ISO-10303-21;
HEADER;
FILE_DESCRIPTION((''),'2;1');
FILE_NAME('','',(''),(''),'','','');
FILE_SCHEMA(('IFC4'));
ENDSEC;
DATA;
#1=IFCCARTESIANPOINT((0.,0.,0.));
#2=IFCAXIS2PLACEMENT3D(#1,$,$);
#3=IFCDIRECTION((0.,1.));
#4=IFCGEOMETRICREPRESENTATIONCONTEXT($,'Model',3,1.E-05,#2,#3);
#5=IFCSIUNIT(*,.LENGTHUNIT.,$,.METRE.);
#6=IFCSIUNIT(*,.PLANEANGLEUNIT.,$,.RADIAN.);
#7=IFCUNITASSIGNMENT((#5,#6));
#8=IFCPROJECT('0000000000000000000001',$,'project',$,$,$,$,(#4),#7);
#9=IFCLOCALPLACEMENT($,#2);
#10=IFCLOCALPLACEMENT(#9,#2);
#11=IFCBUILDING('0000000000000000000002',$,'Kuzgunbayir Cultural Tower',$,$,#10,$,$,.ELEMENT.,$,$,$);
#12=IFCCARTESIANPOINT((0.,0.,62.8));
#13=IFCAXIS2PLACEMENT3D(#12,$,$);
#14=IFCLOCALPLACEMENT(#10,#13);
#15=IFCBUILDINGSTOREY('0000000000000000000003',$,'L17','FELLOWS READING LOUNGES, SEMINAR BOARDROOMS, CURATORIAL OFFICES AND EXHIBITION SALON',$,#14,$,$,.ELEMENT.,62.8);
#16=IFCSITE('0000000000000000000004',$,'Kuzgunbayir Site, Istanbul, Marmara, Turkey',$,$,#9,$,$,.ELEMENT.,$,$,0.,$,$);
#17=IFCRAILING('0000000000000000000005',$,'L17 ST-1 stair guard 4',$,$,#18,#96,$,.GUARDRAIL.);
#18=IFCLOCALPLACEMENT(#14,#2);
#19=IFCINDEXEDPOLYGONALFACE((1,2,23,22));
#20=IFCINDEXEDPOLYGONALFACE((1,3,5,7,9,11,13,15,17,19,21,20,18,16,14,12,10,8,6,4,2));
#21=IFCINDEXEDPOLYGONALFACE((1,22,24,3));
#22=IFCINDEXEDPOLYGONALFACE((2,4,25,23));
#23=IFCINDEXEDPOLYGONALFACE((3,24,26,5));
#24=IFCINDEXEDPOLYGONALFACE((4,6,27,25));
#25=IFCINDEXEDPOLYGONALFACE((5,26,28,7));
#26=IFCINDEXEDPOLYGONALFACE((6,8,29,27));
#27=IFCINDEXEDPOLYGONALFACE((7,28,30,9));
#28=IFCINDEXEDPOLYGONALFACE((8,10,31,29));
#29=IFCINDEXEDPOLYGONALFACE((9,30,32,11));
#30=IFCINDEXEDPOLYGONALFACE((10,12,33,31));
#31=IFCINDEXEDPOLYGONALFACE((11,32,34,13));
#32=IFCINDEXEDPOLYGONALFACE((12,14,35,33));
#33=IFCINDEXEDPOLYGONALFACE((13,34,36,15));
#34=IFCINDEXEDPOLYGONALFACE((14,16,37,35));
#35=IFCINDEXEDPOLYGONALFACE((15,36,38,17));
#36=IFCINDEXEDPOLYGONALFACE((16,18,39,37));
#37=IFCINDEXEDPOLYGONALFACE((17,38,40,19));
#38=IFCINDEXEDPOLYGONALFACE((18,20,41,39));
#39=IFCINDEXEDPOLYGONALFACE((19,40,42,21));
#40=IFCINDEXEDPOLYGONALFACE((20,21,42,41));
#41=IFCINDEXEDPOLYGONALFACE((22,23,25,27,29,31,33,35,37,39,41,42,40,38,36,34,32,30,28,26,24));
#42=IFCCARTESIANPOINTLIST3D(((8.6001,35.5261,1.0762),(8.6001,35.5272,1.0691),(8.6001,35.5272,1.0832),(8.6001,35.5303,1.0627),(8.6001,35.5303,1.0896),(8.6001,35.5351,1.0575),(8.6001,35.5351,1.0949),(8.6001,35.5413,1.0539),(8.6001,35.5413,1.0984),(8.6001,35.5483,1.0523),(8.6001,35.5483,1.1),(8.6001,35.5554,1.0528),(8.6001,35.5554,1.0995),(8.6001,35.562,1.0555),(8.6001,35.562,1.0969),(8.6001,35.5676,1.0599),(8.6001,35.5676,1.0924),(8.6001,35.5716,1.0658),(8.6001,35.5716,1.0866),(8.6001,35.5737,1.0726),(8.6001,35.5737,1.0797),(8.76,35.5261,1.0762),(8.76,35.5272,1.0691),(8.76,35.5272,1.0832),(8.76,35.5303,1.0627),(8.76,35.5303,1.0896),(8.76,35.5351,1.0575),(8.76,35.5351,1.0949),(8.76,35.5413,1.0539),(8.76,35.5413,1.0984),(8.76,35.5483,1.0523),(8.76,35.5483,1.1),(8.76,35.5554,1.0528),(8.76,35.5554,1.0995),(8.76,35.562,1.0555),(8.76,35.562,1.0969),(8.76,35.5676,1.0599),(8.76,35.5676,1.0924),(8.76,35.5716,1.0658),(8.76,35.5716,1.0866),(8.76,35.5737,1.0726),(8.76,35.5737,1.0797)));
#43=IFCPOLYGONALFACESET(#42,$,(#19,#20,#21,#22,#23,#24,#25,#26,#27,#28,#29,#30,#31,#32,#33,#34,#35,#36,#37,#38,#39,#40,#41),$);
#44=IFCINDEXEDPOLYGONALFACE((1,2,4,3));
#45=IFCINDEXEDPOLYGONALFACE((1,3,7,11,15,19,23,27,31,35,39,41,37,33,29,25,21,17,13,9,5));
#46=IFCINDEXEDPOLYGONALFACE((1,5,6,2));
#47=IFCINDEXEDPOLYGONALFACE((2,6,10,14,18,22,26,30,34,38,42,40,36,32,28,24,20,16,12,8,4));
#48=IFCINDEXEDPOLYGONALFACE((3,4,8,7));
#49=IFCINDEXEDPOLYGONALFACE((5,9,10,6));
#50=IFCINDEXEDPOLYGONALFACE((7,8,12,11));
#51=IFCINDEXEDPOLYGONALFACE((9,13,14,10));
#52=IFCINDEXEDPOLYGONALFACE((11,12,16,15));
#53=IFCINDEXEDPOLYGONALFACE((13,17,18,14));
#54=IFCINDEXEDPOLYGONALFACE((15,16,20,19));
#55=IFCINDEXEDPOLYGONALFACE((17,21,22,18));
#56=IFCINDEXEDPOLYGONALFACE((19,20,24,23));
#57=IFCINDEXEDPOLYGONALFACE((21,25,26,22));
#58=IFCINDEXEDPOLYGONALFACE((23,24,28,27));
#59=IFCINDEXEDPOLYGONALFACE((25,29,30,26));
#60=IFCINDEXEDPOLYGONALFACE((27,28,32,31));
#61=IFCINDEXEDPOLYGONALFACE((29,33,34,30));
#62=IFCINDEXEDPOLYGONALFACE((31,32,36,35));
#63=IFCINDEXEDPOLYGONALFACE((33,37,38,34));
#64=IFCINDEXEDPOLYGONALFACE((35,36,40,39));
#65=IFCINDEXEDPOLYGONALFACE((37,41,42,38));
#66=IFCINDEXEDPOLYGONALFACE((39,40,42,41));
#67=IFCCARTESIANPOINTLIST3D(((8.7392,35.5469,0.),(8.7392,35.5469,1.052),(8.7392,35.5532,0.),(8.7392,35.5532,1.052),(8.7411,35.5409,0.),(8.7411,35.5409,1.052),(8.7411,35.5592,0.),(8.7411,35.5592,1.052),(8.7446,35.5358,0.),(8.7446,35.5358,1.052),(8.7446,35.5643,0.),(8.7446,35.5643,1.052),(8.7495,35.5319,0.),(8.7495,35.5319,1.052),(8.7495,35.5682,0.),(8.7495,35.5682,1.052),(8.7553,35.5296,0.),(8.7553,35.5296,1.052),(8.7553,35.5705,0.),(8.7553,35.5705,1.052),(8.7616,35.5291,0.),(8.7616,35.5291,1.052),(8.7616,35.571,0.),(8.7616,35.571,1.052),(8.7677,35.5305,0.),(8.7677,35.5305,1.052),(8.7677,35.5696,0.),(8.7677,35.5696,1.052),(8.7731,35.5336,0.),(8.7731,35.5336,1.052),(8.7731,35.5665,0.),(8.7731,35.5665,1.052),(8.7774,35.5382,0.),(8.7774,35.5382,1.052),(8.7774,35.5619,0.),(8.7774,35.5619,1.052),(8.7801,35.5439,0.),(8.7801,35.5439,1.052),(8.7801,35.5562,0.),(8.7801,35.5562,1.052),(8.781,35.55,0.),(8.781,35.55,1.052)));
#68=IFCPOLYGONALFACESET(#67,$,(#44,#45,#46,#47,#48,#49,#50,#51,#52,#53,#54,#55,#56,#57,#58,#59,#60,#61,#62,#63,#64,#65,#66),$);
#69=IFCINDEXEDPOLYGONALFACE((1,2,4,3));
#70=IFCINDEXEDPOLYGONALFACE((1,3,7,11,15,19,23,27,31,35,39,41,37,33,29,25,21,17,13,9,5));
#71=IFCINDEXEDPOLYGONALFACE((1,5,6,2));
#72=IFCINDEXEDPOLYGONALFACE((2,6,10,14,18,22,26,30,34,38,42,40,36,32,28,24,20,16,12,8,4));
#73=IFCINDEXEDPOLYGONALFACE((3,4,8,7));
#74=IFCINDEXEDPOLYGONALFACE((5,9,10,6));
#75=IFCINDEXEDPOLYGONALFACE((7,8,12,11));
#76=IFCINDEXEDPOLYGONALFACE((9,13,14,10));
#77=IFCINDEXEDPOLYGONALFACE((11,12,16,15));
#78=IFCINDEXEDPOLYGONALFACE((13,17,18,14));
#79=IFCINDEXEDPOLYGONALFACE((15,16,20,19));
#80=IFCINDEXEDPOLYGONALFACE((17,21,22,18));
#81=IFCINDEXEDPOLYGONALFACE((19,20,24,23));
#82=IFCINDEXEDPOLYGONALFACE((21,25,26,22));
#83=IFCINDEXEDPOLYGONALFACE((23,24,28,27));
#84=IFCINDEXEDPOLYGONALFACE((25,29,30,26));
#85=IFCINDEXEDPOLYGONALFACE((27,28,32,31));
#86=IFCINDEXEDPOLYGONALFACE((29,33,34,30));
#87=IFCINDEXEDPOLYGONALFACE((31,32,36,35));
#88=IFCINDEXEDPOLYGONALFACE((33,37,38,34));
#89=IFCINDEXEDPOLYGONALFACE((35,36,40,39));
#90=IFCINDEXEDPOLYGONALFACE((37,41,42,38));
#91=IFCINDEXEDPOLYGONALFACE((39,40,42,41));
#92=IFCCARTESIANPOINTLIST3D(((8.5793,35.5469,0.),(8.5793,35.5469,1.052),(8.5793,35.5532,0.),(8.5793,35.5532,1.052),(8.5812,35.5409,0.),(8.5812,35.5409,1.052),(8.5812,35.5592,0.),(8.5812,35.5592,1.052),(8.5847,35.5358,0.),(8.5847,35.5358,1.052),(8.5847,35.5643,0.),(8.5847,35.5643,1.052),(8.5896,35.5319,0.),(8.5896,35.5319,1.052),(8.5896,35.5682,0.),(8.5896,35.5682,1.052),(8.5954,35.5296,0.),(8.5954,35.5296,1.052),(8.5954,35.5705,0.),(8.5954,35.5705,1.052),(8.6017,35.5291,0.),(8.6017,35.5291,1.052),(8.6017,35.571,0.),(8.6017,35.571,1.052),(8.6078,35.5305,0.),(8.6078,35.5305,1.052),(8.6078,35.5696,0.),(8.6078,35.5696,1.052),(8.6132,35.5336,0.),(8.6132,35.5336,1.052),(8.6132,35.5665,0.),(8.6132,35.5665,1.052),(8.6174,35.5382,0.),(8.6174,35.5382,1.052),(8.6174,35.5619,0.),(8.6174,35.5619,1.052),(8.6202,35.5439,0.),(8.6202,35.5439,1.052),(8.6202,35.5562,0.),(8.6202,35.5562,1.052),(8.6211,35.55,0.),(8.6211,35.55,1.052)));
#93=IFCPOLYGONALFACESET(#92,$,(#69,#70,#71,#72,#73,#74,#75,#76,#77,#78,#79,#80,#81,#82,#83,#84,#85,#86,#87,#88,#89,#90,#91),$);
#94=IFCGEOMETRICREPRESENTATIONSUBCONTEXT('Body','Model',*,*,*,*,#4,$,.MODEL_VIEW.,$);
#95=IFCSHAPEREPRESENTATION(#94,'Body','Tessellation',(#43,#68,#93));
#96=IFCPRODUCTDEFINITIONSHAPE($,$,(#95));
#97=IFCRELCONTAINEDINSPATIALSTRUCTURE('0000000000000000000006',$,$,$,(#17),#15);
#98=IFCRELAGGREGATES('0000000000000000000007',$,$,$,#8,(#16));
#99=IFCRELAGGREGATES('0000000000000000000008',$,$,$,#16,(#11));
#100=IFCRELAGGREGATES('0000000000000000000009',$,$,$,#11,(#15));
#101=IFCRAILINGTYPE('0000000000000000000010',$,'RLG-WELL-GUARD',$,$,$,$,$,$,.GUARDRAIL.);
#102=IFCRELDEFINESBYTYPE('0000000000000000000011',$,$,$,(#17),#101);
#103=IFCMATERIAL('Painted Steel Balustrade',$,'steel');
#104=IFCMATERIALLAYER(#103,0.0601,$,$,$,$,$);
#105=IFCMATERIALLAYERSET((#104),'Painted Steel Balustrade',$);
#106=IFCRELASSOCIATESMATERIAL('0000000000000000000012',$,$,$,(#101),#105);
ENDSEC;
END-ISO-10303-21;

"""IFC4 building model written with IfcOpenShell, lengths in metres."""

from ifc_helpers import new_model, si_unit, direction, frame, origin, origin_2d, place, context, subcontext, project, spatial, circle, extrude, material, layer, layer_set, type_object, element, save


model = new_model("IFC4")

# Units and contexts
model_context = context("Model", 3, precision=1e-05, world=origin(), true_north=direction((0.0, 1.0)))
body_context = subcontext(model_context, "Body", "Model", "MODEL_VIEW")
ifc_project = project(units=[si_unit("LENGTHUNIT", "METRE"), si_unit("PLANEANGLEUNIT", "RADIAN")], contexts=[model_context])

# Site, building, storey
site_placement = place(None, origin())
site = spatial("IfcSite", under=ifc_project, at=site_placement, Name="Kuzgunbayir Site, Istanbul, Marmara, Turkey", CompositionType="ELEMENT", RefElevation=0.0)
building_placement = place(site_placement, origin())
building = spatial("IfcBuilding", under=site, at=building_placement, Name="Kuzgunbayir Cultural Tower", CompositionType="ELEMENT")
storey_placement = place(building_placement, frame((0.0, 0.0, 62.8)))
storey = spatial("IfcBuildingStorey", under=building, at=storey_placement, Name="L17", Description="FELLOWS READING LOUNGES, SEMINAR BOARDROOMS, CURATORIAL OFFICES AND EXHIBITION SALON", CompositionType="ELEMENT", Elevation=62.8)

# Railing
ifc_material_1 = material(Name="Painted Steel Balustrade", Category="steel")
ifc_layer_1 = layer(ifc_material_1, 0.0601)
ifc_layer_set_1 = layer_set([ifc_layer_1], Name="Painted Steel Balustrade")
railing_type = type_object("IfcRailingType", Name="RLG-WELL-GUARD", PredefinedType="GUARDRAIL", material=ifc_layer_set_1)
railing_1_placement = place(storey_placement, frame((8.76, 35.55, 0.0)))
element("IfcRailing", 1, at=railing_1_placement, inside=storey, type_object=railing_type, Name="L17 ST-1 stair guard 4", PredefinedType="GUARDRAIL", context=body_context, shape_type="SweptSolid", body=[
    extrude(circle(Radius=0.0239, at=origin_2d()), frame((0.0, 0.0, 1.0762), z_axis=(-1.0, 0.0, 0.0), x_axis=(0.0, -1.0, 0.0)), (0.0, 0.0, 1.0), 0.1599),
    extrude(circle(Radius=0.021, at=origin_2d()), origin(), (0.0, 0.0, 1.0), 1.052),
    extrude(circle(Radius=0.021, at=origin_2d()), frame((-0.1599, 0.0, 0.0)), (0.0, 0.0, 1.0), 1.052),
])

save(model, "model.ifc")
